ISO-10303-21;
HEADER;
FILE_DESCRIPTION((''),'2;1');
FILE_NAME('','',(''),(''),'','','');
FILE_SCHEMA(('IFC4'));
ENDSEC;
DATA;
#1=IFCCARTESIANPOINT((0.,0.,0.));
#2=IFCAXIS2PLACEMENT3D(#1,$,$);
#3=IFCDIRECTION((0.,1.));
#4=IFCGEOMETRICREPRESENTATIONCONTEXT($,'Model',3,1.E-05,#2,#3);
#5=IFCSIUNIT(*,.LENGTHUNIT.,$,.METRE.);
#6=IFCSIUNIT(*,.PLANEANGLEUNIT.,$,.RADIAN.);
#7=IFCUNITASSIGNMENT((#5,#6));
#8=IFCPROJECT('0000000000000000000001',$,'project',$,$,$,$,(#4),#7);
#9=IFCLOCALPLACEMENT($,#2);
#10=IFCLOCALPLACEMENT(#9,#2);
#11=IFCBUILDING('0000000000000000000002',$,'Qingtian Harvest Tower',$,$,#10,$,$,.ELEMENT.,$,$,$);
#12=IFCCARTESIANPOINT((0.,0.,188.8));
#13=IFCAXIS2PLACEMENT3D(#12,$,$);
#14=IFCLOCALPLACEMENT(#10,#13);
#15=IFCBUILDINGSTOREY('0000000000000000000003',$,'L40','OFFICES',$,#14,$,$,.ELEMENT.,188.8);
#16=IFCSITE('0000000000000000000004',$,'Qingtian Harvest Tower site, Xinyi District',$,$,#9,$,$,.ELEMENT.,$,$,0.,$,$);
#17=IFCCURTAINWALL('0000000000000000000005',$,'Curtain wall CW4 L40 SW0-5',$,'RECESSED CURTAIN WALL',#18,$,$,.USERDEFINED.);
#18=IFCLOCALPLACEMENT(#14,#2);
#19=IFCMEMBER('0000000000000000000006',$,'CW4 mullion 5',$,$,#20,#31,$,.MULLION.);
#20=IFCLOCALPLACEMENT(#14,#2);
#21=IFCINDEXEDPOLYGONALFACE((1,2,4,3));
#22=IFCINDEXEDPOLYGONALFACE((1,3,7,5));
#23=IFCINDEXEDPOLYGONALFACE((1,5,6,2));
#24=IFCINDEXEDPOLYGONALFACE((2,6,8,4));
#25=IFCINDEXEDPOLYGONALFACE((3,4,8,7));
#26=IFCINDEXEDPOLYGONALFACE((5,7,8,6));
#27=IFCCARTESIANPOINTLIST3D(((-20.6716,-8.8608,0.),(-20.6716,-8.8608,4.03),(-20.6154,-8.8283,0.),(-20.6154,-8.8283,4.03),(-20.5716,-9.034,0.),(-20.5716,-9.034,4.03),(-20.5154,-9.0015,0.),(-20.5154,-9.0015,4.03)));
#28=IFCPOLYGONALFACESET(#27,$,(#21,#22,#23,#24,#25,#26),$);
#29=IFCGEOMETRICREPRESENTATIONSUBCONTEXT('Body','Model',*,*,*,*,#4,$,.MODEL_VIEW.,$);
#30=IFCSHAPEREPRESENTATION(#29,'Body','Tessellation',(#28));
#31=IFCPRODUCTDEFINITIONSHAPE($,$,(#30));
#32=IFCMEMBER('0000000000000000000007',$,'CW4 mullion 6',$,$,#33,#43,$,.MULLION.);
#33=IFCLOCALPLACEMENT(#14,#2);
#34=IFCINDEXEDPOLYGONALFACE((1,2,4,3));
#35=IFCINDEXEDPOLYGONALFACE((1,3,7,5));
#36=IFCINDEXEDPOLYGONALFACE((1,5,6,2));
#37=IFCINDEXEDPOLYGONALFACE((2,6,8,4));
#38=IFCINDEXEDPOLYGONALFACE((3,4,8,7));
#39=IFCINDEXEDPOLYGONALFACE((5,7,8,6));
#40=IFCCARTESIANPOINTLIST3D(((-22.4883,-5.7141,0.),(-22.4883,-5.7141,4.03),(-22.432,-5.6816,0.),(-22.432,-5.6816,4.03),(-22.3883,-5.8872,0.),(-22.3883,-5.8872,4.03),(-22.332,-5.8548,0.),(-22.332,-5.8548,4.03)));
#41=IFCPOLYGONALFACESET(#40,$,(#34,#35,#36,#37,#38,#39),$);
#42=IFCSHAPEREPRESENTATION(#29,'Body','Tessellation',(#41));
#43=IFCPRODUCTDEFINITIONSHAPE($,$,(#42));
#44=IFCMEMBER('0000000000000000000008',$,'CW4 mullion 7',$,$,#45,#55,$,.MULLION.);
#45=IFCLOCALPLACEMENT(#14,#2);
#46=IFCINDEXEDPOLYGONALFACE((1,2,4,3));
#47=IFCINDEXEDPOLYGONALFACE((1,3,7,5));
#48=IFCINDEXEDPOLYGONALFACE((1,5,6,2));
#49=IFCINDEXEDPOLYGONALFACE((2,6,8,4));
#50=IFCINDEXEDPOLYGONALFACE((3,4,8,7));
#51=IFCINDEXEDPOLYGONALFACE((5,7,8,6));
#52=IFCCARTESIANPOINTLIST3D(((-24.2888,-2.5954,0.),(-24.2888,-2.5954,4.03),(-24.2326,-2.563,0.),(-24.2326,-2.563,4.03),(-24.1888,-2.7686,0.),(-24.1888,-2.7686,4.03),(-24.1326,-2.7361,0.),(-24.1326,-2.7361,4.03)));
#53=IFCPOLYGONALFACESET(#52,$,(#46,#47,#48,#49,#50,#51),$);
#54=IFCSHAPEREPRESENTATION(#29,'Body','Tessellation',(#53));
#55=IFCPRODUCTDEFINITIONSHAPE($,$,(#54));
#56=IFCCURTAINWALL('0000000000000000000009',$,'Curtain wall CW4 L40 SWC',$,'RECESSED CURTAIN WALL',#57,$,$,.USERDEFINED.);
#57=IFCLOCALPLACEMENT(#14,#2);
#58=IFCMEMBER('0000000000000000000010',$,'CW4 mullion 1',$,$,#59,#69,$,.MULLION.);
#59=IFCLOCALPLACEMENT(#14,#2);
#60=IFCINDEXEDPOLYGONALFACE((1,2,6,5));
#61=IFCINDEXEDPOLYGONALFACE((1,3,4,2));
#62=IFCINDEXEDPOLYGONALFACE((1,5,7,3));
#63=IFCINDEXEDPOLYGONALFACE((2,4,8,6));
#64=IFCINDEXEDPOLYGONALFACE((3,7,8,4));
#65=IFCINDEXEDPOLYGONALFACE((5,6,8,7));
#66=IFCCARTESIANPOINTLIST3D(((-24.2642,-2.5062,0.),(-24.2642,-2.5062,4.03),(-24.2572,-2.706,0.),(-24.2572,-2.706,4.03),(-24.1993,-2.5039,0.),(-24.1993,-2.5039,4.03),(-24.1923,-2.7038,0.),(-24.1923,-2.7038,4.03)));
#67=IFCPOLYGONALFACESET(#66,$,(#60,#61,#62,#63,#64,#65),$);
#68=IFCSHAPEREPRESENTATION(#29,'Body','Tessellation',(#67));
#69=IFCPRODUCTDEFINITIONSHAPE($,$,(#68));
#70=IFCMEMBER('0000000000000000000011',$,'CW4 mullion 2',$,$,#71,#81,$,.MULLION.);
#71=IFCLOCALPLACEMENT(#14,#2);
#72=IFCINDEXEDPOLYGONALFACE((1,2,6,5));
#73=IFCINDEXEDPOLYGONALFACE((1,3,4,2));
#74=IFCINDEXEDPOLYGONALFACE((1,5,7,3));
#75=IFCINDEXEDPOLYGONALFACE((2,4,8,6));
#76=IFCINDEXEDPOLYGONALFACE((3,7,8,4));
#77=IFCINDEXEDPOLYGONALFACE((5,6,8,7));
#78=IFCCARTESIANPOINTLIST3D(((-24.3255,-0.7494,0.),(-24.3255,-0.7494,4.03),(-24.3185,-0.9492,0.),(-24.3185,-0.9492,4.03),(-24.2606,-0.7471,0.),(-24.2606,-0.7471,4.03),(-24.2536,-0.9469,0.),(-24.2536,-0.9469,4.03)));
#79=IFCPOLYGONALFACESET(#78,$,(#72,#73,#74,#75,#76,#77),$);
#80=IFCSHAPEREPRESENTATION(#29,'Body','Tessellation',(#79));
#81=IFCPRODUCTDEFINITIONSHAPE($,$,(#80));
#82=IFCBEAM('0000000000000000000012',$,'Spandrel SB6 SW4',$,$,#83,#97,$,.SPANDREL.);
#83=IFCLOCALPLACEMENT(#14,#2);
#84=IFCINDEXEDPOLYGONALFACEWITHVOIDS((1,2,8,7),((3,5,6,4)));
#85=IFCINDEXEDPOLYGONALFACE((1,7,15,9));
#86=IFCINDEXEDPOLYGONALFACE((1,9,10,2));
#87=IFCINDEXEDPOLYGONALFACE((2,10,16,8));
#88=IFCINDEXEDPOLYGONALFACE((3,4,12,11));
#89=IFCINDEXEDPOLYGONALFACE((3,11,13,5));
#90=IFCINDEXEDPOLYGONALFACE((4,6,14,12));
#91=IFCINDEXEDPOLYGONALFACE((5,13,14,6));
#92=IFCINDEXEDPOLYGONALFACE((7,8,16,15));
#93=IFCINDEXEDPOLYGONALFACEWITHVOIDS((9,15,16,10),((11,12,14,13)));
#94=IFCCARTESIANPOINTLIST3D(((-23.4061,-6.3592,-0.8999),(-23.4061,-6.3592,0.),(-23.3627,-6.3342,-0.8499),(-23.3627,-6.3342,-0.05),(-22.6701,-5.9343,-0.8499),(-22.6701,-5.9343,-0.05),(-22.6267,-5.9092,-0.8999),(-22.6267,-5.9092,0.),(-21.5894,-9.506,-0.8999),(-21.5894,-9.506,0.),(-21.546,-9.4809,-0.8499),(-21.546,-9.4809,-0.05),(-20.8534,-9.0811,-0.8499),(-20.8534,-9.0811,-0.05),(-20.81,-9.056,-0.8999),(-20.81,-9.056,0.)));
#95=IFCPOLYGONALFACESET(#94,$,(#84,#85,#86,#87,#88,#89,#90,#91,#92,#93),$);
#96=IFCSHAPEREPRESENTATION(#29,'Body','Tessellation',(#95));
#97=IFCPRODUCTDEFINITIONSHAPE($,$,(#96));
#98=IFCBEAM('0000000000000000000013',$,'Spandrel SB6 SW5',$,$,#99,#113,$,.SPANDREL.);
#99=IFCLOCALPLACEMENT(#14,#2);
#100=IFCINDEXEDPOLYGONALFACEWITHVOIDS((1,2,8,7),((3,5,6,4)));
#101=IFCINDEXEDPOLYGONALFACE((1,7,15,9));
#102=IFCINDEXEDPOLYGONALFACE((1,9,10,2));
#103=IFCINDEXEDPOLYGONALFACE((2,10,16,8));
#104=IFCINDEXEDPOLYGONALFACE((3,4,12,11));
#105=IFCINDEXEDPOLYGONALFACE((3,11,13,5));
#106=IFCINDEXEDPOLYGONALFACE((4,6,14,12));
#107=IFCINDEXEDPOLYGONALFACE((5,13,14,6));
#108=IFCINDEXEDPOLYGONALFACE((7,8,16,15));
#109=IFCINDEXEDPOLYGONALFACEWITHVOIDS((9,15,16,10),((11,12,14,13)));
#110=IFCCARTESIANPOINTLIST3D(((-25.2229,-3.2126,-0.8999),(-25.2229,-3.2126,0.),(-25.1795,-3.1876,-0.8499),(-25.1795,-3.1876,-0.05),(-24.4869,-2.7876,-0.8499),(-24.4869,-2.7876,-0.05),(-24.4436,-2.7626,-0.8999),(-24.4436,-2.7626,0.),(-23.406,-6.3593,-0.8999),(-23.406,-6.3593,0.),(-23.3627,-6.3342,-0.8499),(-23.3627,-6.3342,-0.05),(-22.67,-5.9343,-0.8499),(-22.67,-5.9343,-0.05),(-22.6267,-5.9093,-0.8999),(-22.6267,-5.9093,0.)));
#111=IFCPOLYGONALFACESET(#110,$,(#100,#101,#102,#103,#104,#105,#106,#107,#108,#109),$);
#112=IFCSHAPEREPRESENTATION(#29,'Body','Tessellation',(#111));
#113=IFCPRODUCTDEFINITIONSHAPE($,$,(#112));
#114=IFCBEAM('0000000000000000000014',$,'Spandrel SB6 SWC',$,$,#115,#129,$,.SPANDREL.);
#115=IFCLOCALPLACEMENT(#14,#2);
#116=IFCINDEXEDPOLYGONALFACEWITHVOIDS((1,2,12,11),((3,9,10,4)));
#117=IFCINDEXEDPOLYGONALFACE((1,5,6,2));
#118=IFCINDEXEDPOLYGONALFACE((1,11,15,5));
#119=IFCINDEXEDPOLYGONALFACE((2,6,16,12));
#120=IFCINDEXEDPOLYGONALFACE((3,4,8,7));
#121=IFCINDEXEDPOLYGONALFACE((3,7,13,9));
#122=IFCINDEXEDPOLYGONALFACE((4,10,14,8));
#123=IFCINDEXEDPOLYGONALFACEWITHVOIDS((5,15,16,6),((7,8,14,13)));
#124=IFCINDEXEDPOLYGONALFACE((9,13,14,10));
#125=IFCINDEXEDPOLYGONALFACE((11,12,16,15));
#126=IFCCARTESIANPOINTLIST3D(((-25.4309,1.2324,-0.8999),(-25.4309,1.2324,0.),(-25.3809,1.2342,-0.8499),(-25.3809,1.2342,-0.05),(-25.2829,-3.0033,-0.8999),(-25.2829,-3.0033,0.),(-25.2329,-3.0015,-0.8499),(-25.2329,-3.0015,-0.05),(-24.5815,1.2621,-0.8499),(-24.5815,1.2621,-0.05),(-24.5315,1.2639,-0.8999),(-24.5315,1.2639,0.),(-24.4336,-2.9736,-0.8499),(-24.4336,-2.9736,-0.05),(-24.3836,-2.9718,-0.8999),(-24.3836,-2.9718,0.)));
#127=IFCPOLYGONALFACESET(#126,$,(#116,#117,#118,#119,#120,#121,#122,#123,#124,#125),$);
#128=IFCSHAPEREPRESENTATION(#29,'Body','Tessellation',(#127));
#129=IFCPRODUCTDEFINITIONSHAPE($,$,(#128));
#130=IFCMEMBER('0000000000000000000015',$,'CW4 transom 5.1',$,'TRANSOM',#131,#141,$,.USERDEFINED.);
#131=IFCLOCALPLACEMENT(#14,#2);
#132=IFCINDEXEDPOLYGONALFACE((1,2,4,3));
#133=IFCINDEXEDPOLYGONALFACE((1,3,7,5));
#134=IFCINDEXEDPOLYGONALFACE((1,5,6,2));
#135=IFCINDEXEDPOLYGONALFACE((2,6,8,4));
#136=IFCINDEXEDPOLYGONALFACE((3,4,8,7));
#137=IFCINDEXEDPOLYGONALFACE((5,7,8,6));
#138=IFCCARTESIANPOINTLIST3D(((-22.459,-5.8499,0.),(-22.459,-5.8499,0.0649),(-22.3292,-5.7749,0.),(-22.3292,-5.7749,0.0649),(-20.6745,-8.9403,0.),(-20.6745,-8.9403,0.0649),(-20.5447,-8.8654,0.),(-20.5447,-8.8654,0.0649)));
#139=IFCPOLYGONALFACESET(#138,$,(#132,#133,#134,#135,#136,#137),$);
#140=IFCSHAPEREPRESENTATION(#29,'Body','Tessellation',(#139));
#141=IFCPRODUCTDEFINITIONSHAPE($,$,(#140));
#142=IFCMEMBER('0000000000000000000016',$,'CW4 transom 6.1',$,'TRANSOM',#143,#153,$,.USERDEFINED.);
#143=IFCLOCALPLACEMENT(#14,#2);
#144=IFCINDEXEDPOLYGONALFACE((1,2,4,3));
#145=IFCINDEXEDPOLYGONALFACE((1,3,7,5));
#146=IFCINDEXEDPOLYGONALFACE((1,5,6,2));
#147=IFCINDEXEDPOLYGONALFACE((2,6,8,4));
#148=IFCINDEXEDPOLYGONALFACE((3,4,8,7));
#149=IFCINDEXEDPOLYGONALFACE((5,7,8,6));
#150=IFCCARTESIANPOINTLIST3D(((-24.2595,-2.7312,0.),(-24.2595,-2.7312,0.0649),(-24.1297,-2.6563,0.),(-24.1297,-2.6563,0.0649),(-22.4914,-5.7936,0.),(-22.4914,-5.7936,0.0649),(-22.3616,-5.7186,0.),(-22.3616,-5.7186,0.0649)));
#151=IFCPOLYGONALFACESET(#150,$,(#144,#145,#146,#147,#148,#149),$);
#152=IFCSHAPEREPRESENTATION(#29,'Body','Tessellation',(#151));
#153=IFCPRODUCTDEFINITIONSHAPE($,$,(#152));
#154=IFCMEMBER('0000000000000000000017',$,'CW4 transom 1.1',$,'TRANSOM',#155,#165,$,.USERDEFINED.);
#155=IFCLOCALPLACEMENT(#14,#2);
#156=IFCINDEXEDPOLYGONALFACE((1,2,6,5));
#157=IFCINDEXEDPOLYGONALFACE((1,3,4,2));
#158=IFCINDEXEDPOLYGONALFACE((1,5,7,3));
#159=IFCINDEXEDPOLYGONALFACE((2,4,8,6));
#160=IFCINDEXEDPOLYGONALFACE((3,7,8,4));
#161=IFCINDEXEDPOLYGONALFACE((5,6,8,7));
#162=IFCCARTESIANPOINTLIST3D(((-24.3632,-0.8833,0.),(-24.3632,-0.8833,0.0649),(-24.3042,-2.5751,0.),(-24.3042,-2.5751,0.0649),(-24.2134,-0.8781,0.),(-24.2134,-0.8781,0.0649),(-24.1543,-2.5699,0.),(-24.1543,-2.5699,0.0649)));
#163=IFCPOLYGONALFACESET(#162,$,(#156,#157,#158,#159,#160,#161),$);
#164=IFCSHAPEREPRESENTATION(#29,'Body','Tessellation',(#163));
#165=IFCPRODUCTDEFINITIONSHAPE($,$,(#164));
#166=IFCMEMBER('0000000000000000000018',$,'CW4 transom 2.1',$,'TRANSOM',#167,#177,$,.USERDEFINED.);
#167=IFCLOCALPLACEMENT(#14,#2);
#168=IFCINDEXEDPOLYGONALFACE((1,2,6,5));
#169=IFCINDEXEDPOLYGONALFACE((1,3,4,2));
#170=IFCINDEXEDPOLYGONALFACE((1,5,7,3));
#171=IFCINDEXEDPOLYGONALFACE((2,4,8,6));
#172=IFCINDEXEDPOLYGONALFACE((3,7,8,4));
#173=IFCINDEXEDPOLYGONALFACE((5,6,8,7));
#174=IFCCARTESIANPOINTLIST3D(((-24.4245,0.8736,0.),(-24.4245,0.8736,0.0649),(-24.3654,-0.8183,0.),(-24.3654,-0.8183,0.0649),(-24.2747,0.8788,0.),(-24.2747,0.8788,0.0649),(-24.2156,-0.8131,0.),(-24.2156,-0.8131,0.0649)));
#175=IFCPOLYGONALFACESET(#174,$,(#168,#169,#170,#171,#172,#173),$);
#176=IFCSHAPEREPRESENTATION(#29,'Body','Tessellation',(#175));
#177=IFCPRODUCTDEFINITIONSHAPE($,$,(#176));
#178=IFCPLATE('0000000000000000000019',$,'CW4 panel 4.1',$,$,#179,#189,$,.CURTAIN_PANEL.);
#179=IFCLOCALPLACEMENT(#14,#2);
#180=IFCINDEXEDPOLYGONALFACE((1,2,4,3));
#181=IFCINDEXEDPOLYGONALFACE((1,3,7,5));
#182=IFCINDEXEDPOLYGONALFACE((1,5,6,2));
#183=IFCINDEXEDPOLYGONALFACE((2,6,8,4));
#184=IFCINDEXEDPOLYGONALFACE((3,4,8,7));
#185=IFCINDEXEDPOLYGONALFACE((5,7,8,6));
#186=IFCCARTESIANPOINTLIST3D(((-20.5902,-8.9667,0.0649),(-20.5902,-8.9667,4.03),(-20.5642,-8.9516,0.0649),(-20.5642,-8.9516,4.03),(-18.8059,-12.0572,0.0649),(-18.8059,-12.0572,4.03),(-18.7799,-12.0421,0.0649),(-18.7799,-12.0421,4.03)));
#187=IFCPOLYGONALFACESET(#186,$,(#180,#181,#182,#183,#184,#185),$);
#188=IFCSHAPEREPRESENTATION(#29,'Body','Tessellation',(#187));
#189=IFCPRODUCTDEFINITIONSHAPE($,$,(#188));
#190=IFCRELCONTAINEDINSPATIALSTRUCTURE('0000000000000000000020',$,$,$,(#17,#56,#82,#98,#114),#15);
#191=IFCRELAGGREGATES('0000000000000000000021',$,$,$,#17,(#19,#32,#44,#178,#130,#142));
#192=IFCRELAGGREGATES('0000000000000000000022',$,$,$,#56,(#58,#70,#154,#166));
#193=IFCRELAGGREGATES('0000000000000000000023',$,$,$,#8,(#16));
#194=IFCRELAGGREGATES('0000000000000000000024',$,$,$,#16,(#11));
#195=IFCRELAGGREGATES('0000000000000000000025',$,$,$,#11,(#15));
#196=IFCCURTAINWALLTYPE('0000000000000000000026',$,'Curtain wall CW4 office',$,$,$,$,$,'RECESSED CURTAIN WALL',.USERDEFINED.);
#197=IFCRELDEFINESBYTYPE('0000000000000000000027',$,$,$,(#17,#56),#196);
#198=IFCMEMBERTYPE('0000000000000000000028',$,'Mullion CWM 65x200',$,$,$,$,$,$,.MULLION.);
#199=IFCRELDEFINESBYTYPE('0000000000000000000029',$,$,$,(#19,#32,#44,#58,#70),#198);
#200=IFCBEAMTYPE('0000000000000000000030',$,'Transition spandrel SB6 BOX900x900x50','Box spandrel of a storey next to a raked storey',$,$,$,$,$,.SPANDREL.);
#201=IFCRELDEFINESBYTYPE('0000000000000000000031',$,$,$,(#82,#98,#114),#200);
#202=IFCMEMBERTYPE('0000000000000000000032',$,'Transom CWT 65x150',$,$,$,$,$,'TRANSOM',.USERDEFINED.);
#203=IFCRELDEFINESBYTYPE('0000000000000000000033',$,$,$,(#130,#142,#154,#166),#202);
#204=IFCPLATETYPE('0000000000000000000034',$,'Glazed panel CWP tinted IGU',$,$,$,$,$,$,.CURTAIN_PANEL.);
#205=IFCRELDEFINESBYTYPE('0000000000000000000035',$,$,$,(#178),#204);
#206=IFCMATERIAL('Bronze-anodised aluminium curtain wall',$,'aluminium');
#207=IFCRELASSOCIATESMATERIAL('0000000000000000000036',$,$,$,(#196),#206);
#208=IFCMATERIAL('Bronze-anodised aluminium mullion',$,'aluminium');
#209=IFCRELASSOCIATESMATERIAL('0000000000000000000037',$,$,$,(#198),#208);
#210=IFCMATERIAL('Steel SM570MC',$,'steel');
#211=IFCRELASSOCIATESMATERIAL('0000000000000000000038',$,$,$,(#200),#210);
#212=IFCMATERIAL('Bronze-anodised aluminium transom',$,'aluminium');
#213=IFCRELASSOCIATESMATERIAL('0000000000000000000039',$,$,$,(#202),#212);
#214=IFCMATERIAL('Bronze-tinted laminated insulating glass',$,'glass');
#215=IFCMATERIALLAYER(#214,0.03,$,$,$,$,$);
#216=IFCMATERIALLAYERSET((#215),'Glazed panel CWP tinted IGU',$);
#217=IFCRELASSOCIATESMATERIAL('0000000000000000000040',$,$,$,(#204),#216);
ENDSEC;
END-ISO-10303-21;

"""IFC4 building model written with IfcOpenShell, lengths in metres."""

from ifc_helpers import new_model, si_unit, direction, frame, origin, origin_2d, place, context, subcontext, project, spatial, rectangle, hollow_rectangle, extrude, material, layer, layer_set, material_profile, profile_set, type_object, element, aggregate, save


model = new_model("IFC4")

# Units and contexts
model_context = context("Model", 3, precision=1e-05, world=origin(), true_north=direction((0.0, 1.0)))
body_context = subcontext(model_context, "Body", "Model", "MODEL_VIEW")
ifc_project = project(units=[si_unit("LENGTHUNIT", "METRE"), si_unit("PLANEANGLEUNIT", "RADIAN")], contexts=[model_context])

# Site, building, storey
site_placement = place(None, origin())
site = spatial("IfcSite", under=ifc_project, at=site_placement, Name="Qingtian Harvest Tower site, Xinyi District", CompositionType="ELEMENT", RefElevation=0.0)
building_placement = place(site_placement, origin())
building = spatial("IfcBuilding", under=site, at=building_placement, Name="Qingtian Harvest Tower", CompositionType="ELEMENT")
storey_placement = place(building_placement, frame((0.0, 0.0, 188.8)))
storey = spatial("IfcBuildingStorey", under=building, at=storey_placement, Name="L40", Description="OFFICES", CompositionType="ELEMENT", Elevation=188.8)

# Curtain walls, members
ifc_material_1 = material(Name="Bronze-anodised aluminium curtain wall", Category="aluminium")
curtain_wall_type = type_object("IfcCurtainWallType", Name="Curtain wall CW4 office", ElementType="RECESSED CURTAIN WALL", PredefinedType="USERDEFINED", material=ifc_material_1)
curtain_wall_1_placement = place(storey_placement, origin())
curtain_wall_1 = element("IfcCurtainWall", 1, at=curtain_wall_1_placement, inside=storey, type_object=curtain_wall_type, Name="Curtain wall CW4 L40 SW0-5", ObjectType="RECESSED CURTAIN WALL", PredefinedType="USERDEFINED")
ifc_material_2 = material(Name="Bronze-anodised aluminium mullion", Category="aluminium")
ifc_material_profile_1 = material_profile(ifc_material_2, rectangle(XDim=0.0649, YDim=0.2, at=origin_2d()), Name="AL 65x200")
ifc_profile_set_1 = profile_set([ifc_material_profile_1], Name="Bronze-anodised aluminium mullion")
member_type_1 = type_object("IfcMemberType", Name="Mullion CWM 65x200", PredefinedType="MULLION", material=ifc_profile_set_1)
member_1_placement = place(storey_placement, frame((-20.5935, -8.9312, 0.0), z_axis=(0.0, 0.0, 1.0), x_axis=(-0.866025, -0.5, 0.0)))
member_1 = element("IfcMember", 2, at=member_1_placement, type_object=member_type_1, Name="CW4 mullion 5", PredefinedType="MULLION", context=body_context, shape_type="SweptSolid", body=[
    extrude(rectangle(XDim=0.0649, YDim=0.2, at=origin_2d()), origin(), (0.0, 0.0, 1.0), 4.03),
])
member_2_placement = place(storey_placement, frame((-22.4102, -5.7844, 0.0), z_axis=(0.0, 0.0, 1.0), x_axis=(-0.866025, -0.5, 0.0)))
member_2 = element("IfcMember", 3, at=member_2_placement, type_object=member_type_1, Name="CW4 mullion 6", PredefinedType="MULLION", context=body_context, shape_type="SweptSolid", body=[
    extrude(rectangle(XDim=0.0649, YDim=0.2, at=origin_2d()), origin(), (0.0, 0.0, 1.0), 4.03),
])
member_3_placement = place(storey_placement, frame((-24.2107, -2.6658, 0.0), z_axis=(0.0, 0.0, 1.0), x_axis=(-0.866025, -0.5, 0.0)))
member_3 = element("IfcMember", 4, at=member_3_placement, type_object=member_type_1, Name="CW4 mullion 7", PredefinedType="MULLION", context=body_context, shape_type="SweptSolid", body=[
    extrude(rectangle(XDim=0.0649, YDim=0.2, at=origin_2d()), origin(), (0.0, 0.0, 1.0), 4.03),
])
curtain_wall_2_placement = place(storey_placement, origin())
curtain_wall_2 = element("IfcCurtainWall", 5, at=curtain_wall_2_placement, inside=storey, type_object=curtain_wall_type, Name="Curtain wall CW4 L40 SWC", ObjectType="RECESSED CURTAIN WALL", PredefinedType="USERDEFINED")
member_4_placement = place(storey_placement, frame((-24.2283, -2.605, 0.0), z_axis=(0.0, 0.0, 1.0), x_axis=(-0.999391, -0.034899, 0.0)))
member_4 = element("IfcMember", 6, at=member_4_placement, type_object=member_type_1, Name="CW4 mullion 1", PredefinedType="MULLION", context=body_context, shape_type="SweptSolid", body=[
    extrude(rectangle(XDim=0.0649, YDim=0.2, at=origin_2d()), origin(), (0.0, 0.0, 1.0), 4.03),
])
member_5_placement = place(storey_placement, frame((-24.2896, -0.8481, 0.0), z_axis=(0.0, 0.0, 1.0), x_axis=(-0.999391, -0.034899, 0.0)))
member_5 = element("IfcMember", 7, at=member_5_placement, type_object=member_type_1, Name="CW4 mullion 2", PredefinedType="MULLION", context=body_context, shape_type="SweptSolid", body=[
    extrude(rectangle(XDim=0.0649, YDim=0.2, at=origin_2d()), origin(), (0.0, 0.0, 1.0), 4.03),
])

# Beams
ifc_material_3 = material(Name="Steel SM570MC", Category="steel")
ifc_material_profile_2 = material_profile(ifc_material_3, hollow_rectangle(XDim=0.8999, YDim=0.8999, WallThickness=0.05, at=origin_2d()), Name="BOX900x900x50")
ifc_profile_set_2 = profile_set([ifc_material_profile_2], Name="Steel SM570MC")
beam_type_1 = type_object("IfcBeamType", Name="Transition spandrel SB6 BOX900x900x50", Description="Box spandrel of a storey next to a raked storey", PredefinedType="SPANDREL", material=ifc_profile_set_2)
for number, where, z_axis, x_axis, name in (
    (8, (-21.1997, -9.281, -0.45), (-0.499976, 0.866039, 0.0), (-0.866039, -0.499976, 0.0), "Spandrel SB6 SW4"),
    (9, (-23.0164, -6.1343, -0.45), (-0.500027, 0.86601, 0.0), (-0.86601, -0.500027, 0.0), "Spandrel SB6 SW5"),
):
    element("IfcBeam", number, at=place(storey_placement, frame(where, z_axis=z_axis, x_axis=x_axis)), inside=storey, type_object=beam_type_1, Name=name, PredefinedType="SPANDREL", context=body_context, shape_type="SweptSolid", body=[
        extrude(hollow_rectangle(XDim=0.8999, YDim=0.8999, WallThickness=0.05, at=origin_2d()), origin(), (0.0, 0.0, 1.0), 3.6335),
    ])
beam_1_placement = place(storey_placement, frame((-24.8333, -2.9875, -0.45), z_axis=(-0.034909, 0.999391, 0.0), x_axis=(-0.999391, -0.034909, 0.0)))
element("IfcBeam", 10, at=beam_1_placement, inside=storey, type_object=beam_type_1, Name="Spandrel SB6 SWC", PredefinedType="SPANDREL", context=body_context, shape_type="SweptSolid", body=[
    extrude(hollow_rectangle(XDim=0.8999, YDim=0.8999, WallThickness=0.05, at=origin_2d()), origin(), (0.0, 0.0, 1.0), 4.2383),
])

# Members
ifc_material_4 = material(Name="Bronze-anodised aluminium transom", Category="aluminium")
ifc_material_profile_3 = material_profile(ifc_material_4, rectangle(XDim=0.1499, YDim=0.0649, at=origin_2d()), Name="AL 65x150")
ifc_profile_set_3 = profile_set([ifc_material_profile_3], Name="Bronze-anodised aluminium transom")
member_type_2 = type_object("IfcMemberType", Name="Transom CWT 65x150", ElementType="TRANSOM", PredefinedType="USERDEFINED", material=ifc_profile_set_3)
member_6_placement = place(storey_placement, frame((-20.6096, -8.9028, 0.0325), z_axis=(-0.500046, 0.865999, 0.0), x_axis=(-0.865999, -0.500046, 0.0)))
member_6 = element("IfcMember", 11, at=member_6_placement, type_object=member_type_2, Name="CW4 transom 5.1", ObjectType="TRANSOM", PredefinedType="USERDEFINED", context=body_context, shape_type="SweptSolid", body=[
    extrude(rectangle(XDim=0.1499, YDim=0.0649, at=origin_2d()), origin(), (0.0, 0.0, 1.0), 3.5686),
])
member_7_placement = place(storey_placement, frame((-22.4265, -5.7561, 0.0325), z_axis=(-0.500015, 0.866017, 0.0), x_axis=(-0.866017, -0.500015, 0.0)))
member_7 = element("IfcMember", 12, at=member_7_placement, type_object=member_type_2, Name="CW4 transom 6.1", ObjectType="TRANSOM", PredefinedType="USERDEFINED", context=body_context, shape_type="SweptSolid", body=[
    extrude(rectangle(XDim=0.1499, YDim=0.0649, at=origin_2d()), origin(), (0.0, 0.0, 1.0), 3.5361),
])
member_8_placement = place(storey_placement, frame((-24.2292, -2.5725, 0.0325), z_axis=(-0.034899, 0.999391, 0.0), x_axis=(-0.999391, -0.034899, 0.0)))
member_8 = element("IfcMember", 13, at=member_8_placement, type_object=member_type_2, Name="CW4 transom 1.1", ObjectType="TRANSOM", PredefinedType="USERDEFINED", context=body_context, shape_type="SweptSolid", body=[
    extrude(rectangle(XDim=0.1499, YDim=0.0649, at=origin_2d()), origin(), (0.0, 0.0, 1.0), 1.6929),
])
member_9_placement = place(storey_placement, frame((-24.2905, -0.8157, 0.0325), z_axis=(-0.034899, 0.999391, 0.0), x_axis=(-0.999391, -0.034899, 0.0)))
member_9 = element("IfcMember", 14, at=member_9_placement, type_object=member_type_2, Name="CW4 transom 2.1", ObjectType="TRANSOM", PredefinedType="USERDEFINED", context=body_context, shape_type="SweptSolid", body=[
    extrude(rectangle(XDim=0.1499, YDim=0.0649, at=origin_2d()), origin(), (0.0, 0.0, 1.0), 1.6929),
])

# Plate
ifc_material_5 = material(Name="Bronze-tinted laminated insulating glass", Category="glass")
ifc_layer_1 = layer(ifc_material_5, 0.03)
ifc_layer_set_1 = layer_set([ifc_layer_1], Name="Glazed panel CWP tinted IGU")
plate_type = type_object("IfcPlateType", Name="Glazed panel CWP tinted IGU", PredefinedType="CURTAIN_PANEL", material=ifc_layer_set_1)
plate_1_placement = place(storey_placement, frame((-19.6851, -10.5044, 0.0649), z_axis=(0.0, 0.0, 1.0), x_axis=(-0.5, 0.866025, 0.0)))
plate_1 = element("IfcPlate", 15, at=plate_1_placement, type_object=plate_type, Name="CW4 panel 4.1", PredefinedType="CURTAIN_PANEL", context=body_context, shape_type="SweptSolid", body=[
    extrude(rectangle(XDim=3.5686, YDim=0.03, at=origin_2d()), origin(), (0.0, 0.0, 1.0), 3.9651),
])
aggregate(curtain_wall_1, [member_1, member_2, member_3, plate_1, member_6, member_7])
aggregate(curtain_wall_2, [member_4, member_5, member_8, member_9])

save(model, "model.ifc")
